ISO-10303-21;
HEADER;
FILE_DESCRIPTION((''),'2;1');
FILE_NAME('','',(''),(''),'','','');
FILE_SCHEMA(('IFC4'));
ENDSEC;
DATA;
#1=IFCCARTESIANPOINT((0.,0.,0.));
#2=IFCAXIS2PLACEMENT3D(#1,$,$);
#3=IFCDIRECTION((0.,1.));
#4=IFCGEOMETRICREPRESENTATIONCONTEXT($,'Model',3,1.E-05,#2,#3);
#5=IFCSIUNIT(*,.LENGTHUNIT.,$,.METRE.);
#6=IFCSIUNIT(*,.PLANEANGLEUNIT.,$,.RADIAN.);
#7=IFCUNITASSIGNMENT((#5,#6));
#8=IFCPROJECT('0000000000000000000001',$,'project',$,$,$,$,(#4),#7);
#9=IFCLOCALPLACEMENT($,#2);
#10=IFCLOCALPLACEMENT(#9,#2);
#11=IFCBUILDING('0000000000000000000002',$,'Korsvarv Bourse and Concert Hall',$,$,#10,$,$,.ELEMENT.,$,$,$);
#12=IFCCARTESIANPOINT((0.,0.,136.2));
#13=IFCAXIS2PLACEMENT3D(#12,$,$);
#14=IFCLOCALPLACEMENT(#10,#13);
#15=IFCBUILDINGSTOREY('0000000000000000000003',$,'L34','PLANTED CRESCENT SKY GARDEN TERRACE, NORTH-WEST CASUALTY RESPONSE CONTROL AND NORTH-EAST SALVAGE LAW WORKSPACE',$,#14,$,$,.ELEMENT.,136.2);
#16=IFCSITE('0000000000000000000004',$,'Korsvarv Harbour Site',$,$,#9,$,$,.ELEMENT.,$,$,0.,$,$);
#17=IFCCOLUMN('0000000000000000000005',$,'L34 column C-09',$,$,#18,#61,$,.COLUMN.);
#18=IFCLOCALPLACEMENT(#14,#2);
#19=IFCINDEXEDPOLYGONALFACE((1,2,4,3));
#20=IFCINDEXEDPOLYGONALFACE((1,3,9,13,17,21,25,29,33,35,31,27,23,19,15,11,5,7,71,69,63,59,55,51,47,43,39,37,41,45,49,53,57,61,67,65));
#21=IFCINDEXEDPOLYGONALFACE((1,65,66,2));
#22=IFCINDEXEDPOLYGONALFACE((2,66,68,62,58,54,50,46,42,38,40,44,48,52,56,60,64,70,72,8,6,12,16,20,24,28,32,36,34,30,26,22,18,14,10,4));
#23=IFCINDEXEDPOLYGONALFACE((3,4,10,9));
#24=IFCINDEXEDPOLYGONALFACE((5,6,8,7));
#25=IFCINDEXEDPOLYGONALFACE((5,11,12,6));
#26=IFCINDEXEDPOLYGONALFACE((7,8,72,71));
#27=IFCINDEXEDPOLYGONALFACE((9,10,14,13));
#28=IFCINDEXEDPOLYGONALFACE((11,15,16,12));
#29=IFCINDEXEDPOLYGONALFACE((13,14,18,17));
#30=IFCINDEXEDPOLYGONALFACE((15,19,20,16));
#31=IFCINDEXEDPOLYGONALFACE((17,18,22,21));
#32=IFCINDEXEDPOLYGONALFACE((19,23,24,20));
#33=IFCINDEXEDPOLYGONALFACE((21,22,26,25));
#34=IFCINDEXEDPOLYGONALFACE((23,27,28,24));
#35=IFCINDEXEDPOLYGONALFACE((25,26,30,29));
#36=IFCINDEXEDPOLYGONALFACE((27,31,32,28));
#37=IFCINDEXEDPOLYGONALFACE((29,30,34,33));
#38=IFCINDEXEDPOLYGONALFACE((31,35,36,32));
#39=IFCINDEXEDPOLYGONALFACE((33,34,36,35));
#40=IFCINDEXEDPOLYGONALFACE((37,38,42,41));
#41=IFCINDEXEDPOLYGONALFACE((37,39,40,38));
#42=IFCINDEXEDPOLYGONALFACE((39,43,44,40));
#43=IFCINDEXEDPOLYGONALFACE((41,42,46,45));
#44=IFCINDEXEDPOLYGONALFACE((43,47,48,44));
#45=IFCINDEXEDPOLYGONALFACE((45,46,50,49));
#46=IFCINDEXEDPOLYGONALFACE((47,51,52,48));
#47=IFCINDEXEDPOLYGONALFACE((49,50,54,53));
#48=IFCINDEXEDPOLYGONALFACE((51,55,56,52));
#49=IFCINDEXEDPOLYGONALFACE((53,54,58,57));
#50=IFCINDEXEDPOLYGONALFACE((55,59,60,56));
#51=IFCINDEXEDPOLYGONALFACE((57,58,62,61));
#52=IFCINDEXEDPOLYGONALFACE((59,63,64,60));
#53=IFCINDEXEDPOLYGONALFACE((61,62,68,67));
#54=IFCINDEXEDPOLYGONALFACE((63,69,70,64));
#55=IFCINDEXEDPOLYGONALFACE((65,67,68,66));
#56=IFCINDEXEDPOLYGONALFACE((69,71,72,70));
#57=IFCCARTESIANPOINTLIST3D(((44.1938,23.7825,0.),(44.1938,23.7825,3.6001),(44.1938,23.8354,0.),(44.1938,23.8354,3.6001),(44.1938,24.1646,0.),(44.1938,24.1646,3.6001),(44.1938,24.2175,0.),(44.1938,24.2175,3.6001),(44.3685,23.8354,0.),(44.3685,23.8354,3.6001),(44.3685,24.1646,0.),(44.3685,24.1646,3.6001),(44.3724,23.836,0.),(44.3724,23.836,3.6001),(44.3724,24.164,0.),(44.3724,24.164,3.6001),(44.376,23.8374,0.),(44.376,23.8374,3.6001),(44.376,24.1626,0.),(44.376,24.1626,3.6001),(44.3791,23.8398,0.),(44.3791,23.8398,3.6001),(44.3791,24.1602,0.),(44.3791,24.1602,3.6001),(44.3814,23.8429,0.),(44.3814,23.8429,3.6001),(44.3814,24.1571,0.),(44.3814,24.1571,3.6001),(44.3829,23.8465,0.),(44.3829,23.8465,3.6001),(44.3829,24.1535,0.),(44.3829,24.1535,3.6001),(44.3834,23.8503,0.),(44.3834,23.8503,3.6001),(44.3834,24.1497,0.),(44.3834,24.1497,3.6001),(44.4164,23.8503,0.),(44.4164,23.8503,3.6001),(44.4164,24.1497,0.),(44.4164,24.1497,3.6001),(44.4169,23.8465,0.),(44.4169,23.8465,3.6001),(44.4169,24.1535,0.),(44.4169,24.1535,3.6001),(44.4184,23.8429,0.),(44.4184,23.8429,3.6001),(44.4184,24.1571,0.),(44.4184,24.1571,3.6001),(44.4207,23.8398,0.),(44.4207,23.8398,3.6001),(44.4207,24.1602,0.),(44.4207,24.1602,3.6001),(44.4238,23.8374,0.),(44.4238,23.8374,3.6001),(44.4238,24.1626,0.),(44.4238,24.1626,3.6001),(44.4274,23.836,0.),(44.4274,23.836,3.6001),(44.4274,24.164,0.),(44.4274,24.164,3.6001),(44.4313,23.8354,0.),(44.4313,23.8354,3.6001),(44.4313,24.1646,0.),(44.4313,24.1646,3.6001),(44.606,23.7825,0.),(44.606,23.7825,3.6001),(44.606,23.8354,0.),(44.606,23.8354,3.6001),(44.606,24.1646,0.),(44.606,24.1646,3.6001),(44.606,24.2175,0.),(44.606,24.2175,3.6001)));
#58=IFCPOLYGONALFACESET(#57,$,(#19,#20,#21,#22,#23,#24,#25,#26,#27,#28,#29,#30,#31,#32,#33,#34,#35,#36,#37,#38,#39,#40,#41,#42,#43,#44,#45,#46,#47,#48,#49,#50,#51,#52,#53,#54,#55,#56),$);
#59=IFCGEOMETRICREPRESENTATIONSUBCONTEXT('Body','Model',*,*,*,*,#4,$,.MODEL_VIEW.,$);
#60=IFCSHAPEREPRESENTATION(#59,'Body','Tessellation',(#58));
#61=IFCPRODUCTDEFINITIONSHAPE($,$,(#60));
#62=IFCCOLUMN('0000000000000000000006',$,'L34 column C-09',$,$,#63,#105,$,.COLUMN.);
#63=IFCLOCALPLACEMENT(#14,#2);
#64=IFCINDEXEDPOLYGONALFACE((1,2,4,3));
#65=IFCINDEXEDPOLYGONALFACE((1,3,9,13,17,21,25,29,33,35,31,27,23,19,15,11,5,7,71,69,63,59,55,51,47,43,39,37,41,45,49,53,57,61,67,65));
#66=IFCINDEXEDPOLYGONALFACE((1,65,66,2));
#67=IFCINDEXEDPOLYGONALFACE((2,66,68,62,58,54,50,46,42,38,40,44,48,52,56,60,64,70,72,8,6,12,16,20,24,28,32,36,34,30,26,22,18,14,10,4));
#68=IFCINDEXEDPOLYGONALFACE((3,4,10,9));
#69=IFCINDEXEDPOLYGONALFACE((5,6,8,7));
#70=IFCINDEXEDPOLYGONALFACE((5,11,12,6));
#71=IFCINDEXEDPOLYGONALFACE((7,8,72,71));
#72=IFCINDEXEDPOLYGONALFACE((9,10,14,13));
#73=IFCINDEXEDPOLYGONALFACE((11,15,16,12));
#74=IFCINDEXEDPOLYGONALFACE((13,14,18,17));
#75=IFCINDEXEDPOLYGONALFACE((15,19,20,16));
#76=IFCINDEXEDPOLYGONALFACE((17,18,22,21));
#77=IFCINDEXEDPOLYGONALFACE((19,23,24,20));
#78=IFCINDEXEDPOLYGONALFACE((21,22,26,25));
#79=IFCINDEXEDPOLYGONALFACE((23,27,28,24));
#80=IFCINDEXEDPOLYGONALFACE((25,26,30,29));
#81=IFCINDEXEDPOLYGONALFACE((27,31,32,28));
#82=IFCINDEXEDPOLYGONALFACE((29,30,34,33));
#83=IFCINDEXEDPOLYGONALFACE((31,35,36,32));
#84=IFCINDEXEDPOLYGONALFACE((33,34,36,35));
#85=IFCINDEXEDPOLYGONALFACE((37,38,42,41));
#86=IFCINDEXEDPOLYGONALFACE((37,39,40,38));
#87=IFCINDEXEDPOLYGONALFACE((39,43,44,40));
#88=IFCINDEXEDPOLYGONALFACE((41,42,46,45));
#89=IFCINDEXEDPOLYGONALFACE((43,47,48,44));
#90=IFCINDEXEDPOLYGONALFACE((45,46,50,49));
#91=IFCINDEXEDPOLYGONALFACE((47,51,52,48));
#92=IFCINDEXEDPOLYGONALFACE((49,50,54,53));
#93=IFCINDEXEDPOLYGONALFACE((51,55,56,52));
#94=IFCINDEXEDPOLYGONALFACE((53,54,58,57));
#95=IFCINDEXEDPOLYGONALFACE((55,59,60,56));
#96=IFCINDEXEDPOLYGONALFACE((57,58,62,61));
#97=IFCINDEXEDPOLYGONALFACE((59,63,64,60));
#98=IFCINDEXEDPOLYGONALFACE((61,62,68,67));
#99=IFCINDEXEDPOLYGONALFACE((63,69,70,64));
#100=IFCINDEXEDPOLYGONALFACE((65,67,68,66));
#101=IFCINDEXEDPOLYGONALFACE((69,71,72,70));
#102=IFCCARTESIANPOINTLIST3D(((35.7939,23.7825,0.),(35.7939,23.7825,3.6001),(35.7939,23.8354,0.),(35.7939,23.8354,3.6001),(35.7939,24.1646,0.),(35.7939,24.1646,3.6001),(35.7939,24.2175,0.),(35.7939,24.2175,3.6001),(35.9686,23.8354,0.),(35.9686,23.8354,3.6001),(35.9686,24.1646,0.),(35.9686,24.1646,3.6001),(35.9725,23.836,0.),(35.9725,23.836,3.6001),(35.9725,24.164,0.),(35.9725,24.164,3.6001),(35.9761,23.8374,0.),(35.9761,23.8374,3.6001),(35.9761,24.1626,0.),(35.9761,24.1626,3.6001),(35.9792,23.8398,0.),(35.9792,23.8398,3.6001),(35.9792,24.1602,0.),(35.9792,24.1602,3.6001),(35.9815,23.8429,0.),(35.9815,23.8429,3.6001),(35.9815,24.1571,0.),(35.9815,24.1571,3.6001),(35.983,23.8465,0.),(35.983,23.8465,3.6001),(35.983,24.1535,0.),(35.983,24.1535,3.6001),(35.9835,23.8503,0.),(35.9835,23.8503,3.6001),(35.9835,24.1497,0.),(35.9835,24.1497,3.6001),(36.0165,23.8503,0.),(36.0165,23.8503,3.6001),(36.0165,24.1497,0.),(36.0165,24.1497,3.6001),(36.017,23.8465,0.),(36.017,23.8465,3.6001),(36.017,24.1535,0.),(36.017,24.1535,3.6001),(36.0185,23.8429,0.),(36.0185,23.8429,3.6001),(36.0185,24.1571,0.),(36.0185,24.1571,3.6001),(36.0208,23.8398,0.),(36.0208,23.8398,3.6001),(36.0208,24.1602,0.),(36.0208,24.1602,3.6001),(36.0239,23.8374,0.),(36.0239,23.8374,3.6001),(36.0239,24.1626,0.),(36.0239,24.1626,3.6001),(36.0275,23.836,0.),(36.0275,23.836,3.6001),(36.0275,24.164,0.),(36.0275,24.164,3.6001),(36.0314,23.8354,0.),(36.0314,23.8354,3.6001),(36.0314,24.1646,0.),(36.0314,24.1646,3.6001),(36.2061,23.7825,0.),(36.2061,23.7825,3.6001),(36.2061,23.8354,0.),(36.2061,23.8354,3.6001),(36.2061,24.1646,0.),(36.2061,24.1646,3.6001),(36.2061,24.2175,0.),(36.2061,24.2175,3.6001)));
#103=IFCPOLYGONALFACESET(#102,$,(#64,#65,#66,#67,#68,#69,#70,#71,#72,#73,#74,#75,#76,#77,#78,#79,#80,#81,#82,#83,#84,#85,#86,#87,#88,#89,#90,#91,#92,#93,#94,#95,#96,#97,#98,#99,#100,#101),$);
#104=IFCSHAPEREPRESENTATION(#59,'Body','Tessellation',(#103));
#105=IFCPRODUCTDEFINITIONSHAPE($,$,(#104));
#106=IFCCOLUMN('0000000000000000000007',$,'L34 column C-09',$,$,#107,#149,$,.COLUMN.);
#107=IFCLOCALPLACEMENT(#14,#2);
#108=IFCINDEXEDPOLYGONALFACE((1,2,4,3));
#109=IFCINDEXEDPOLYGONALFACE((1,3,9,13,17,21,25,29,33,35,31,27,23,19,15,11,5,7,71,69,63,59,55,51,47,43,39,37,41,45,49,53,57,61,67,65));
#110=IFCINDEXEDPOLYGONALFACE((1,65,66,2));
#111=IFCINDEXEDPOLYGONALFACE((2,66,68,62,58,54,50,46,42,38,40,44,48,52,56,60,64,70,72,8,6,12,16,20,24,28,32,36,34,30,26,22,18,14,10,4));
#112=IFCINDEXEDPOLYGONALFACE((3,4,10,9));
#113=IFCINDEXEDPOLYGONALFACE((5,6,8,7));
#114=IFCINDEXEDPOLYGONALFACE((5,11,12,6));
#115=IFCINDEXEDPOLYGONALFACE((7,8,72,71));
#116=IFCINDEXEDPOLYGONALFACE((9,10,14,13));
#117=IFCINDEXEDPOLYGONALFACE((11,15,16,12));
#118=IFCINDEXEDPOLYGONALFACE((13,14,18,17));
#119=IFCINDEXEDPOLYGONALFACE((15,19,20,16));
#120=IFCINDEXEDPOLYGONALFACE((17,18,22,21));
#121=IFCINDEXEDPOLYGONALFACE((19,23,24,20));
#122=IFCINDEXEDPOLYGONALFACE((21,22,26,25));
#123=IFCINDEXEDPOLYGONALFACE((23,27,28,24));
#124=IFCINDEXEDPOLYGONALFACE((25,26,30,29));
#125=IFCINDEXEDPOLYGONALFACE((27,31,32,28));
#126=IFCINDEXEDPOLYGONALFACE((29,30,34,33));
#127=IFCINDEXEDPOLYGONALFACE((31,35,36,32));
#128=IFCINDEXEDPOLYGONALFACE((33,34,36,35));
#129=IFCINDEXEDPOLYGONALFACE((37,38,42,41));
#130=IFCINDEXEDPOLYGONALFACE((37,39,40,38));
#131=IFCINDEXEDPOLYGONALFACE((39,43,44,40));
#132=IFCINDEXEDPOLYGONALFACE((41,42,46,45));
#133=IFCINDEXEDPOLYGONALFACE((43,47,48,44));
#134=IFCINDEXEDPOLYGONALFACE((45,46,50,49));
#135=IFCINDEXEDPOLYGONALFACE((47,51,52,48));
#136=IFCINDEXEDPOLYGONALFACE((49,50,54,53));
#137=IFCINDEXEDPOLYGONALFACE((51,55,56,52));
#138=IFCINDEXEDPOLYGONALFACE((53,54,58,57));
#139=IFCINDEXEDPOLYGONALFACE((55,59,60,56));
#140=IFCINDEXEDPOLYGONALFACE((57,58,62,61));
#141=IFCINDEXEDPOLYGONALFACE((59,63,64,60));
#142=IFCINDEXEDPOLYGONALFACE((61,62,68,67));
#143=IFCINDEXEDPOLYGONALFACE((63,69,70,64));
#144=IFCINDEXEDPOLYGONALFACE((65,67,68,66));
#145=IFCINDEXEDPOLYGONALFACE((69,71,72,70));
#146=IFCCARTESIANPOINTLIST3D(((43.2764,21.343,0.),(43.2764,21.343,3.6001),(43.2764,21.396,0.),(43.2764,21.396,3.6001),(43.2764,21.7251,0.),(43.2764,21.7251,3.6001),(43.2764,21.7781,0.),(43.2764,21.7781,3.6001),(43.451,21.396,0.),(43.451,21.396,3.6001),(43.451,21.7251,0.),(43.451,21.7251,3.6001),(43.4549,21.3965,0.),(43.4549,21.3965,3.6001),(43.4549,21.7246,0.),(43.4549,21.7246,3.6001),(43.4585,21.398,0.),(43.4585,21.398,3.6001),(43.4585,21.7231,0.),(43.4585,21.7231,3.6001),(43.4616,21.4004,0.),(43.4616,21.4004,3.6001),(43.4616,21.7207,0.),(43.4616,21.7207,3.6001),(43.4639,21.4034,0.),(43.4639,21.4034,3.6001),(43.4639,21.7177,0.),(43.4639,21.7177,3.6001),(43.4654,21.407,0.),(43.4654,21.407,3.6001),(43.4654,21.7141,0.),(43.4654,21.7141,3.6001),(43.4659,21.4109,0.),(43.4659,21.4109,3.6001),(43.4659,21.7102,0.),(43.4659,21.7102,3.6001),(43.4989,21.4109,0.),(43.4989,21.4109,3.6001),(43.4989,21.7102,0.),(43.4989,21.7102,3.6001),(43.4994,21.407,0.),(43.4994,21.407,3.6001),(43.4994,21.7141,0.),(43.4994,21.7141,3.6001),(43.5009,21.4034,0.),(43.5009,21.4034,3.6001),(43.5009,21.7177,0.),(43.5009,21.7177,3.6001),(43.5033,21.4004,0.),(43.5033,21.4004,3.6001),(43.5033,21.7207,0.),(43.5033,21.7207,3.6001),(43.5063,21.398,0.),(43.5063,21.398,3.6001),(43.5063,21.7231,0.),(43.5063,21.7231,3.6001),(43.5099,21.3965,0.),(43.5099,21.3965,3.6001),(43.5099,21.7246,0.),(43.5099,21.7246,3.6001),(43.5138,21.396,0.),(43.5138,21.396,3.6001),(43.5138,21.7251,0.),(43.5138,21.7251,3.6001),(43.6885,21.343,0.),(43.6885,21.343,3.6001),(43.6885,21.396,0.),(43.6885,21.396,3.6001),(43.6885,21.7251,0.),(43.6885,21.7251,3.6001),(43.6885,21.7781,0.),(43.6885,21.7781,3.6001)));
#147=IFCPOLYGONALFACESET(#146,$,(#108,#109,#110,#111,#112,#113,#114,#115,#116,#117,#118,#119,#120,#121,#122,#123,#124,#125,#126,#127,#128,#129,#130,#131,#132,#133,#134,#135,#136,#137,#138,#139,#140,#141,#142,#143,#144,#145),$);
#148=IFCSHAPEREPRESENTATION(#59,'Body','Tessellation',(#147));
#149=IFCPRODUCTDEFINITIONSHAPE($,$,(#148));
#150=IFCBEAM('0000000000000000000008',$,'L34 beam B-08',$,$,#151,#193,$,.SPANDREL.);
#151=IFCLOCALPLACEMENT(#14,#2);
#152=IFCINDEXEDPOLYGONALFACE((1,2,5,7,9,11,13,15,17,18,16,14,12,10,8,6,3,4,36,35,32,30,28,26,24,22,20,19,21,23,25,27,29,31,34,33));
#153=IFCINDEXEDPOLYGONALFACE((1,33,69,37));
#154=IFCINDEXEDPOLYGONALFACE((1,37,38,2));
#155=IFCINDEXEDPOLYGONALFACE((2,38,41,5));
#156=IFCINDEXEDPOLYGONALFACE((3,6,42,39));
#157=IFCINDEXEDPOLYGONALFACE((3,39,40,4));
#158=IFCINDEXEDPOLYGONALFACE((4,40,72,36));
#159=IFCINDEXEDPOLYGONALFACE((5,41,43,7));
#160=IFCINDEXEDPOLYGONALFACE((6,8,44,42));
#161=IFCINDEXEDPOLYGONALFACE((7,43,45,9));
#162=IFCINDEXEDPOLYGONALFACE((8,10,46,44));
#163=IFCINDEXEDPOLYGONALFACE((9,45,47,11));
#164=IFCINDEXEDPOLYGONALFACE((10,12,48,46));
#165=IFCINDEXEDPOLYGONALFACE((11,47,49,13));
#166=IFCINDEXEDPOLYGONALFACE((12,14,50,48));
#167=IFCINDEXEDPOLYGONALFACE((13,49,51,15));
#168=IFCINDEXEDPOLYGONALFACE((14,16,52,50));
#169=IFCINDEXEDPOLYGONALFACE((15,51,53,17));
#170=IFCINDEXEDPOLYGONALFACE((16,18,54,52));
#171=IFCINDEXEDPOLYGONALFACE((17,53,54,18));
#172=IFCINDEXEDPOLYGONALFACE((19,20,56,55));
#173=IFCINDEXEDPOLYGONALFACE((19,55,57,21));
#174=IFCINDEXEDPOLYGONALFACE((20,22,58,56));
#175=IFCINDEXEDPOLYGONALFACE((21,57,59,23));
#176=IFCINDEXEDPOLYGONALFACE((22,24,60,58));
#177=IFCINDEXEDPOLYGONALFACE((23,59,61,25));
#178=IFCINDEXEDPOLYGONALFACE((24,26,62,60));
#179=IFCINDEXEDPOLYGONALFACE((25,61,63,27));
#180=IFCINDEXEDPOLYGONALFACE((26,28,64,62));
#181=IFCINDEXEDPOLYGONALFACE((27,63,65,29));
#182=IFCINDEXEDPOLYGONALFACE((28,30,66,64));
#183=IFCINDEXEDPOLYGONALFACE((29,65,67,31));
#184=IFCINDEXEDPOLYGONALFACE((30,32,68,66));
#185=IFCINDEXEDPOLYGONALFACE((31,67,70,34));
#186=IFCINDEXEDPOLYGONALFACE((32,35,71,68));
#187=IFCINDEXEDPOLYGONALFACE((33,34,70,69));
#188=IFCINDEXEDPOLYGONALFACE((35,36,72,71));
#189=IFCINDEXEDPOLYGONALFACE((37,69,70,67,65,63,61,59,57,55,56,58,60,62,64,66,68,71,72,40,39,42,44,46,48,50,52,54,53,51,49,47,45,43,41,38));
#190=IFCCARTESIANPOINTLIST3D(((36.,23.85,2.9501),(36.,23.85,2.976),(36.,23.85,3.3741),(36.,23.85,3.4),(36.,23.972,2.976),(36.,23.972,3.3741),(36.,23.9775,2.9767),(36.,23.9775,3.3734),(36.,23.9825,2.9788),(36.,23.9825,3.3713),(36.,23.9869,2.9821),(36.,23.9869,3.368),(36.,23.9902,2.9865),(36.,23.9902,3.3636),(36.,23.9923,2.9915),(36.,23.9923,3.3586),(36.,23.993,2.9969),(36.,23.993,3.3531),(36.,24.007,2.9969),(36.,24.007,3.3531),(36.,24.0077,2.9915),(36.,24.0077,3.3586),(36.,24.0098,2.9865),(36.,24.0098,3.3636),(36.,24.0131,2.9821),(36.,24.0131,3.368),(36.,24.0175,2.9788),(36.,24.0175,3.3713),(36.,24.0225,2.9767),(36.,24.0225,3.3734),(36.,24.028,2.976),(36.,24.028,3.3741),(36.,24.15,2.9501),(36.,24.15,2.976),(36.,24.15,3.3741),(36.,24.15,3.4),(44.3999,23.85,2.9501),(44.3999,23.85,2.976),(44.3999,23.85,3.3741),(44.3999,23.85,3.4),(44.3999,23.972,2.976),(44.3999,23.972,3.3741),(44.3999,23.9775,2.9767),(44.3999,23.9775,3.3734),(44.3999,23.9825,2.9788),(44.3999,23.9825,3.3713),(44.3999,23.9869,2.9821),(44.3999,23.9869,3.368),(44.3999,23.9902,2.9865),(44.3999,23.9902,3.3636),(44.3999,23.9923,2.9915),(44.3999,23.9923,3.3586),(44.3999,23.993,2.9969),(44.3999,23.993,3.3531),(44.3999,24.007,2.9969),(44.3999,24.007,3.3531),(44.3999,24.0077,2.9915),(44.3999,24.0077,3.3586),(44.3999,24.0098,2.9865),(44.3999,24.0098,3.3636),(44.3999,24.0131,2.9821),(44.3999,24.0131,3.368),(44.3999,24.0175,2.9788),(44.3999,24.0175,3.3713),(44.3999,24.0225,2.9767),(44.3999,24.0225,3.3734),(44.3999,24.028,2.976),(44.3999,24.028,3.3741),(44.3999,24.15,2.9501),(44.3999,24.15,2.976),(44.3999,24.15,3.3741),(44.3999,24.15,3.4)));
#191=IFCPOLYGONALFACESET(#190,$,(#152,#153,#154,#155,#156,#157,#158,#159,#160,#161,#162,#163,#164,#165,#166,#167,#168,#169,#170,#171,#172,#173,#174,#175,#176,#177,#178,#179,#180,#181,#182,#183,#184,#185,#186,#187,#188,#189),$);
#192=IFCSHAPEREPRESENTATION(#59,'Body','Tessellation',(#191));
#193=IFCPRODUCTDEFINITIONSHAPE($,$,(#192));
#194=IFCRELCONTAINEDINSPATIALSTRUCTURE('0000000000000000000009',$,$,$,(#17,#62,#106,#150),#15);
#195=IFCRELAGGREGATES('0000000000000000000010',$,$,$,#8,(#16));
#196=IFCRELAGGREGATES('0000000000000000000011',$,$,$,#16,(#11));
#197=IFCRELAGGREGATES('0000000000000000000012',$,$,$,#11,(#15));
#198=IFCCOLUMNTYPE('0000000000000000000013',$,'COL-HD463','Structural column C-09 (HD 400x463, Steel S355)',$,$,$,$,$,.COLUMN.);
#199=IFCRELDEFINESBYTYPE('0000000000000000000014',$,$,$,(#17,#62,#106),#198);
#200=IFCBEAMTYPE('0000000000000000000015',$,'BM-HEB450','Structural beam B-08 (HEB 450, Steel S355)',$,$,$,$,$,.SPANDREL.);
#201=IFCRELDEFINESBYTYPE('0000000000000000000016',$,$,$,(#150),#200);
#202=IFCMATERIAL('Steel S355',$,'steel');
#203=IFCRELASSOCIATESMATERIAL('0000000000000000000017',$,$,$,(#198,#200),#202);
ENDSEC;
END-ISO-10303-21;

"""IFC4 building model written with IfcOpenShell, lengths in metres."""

from ifc_helpers import new_model, si_unit, direction, frame, origin, origin_2d, place, context, subcontext, project, spatial, i_section, extrude, source, transform, mapped, material, material_profile, profile_set, type_object, element, save


model = new_model("IFC4")

# Units and contexts
model_context = context("Model", 3, precision=1e-05, world=origin(), true_north=direction((0.0, 1.0)))
body_context = subcontext(model_context, "Body", "Model", "MODEL_VIEW")
ifc_project = project(units=[si_unit("LENGTHUNIT", "METRE"), si_unit("PLANEANGLEUNIT", "RADIAN")], contexts=[model_context])

# Site, building, storey
site_placement = place(None, origin())
site = spatial("IfcSite", under=ifc_project, at=site_placement, Name="Korsvarv Harbour Site", CompositionType="ELEMENT", RefElevation=0.0)
building_placement = place(site_placement, origin())
building = spatial("IfcBuilding", under=site, at=building_placement, Name="Korsvarv Bourse and Concert Hall", CompositionType="ELEMENT")
storey_placement = place(building_placement, frame((0.0, 0.0, 136.2)))
storey = spatial("IfcBuildingStorey", under=building, at=storey_placement, Name="L34", Description="PLANTED CRESCENT SKY GARDEN TERRACE, NORTH-WEST CASUALTY RESPONSE CONTROL AND NORTH-EAST SALVAGE LAW WORKSPACE", CompositionType="ELEMENT", Elevation=136.2)

# Columns
ifc_material_1 = material(Name="Steel S355", Category="steel")
ifc_material_profile_1 = material_profile(ifc_material_1, i_section(OverallWidth=0.4121, OverallDepth=0.4351, WebThickness=0.033, FlangeThickness=0.053, FilletRadius=0.0149, at=origin_2d()), Name="HD 400x463")
ifc_profile_set_1 = profile_set([ifc_material_profile_1], Name="Steel S355")
column_type = type_object("IfcColumnType", Name="COL-HD463", Description="Structural column C-09 (HD 400x463, Steel S355)", PredefinedType="COLUMN", material=ifc_profile_set_1)
shared_shape_1 = source(origin(), body_context, "Body", "SweptSolid", [
    extrude(i_section(OverallWidth=0.4121, OverallDepth=0.4351, WebThickness=0.033, FlangeThickness=0.053, FilletRadius=0.0149, at=origin_2d()), origin(), (0.0, 0.0, 1.0), 3.6001),
])
for number, where, z_axis, x_axis, name in (
    (1, (44.3999, 24.0, 0.0), (0.0, 0.0, 1.0), (1.0, 0.0, 0.0), "L34 column C-09"),
    (2, (36.0, 24.0, 0.0), (0.0, 0.0, 1.0), (1.0, 0.0, 0.0), "L34 column C-09"),
    (3, (43.4824, 21.5605, 0.0), (0.0, 0.0, 1.0), (1.0, 0.0, 0.0), "L34 column C-09"),
):
    element("IfcColumn", number, at=place(storey_placement, frame(where, z_axis=z_axis, x_axis=x_axis)), inside=storey, type_object=column_type, Name=name, PredefinedType="COLUMN", context=body_context, shape_type="MappedRepresentation", body=[
        mapped(shared_shape_1, transform((0.0, 0.0, 0.0), scale=1.0)),
    ])

# Beam
ifc_material_profile_2 = material_profile(ifc_material_1, i_section(OverallWidth=0.3, OverallDepth=0.45, WebThickness=0.0139, FlangeThickness=0.0259, FilletRadius=0.021, at=origin_2d()), Name="HEB 450")
ifc_profile_set_2 = profile_set([ifc_material_profile_2], Name="Steel S355")
beam_type_1 = type_object("IfcBeamType", Name="BM-HEB450", Description="Structural beam B-08 (HEB 450, Steel S355)", PredefinedType="SPANDREL", material=ifc_profile_set_2)
shared_shape_2 = source(origin(), body_context, "Body", "SweptSolid", [
    extrude(i_section(OverallWidth=0.3, OverallDepth=0.45, WebThickness=0.0139, FlangeThickness=0.0259, FilletRadius=0.021, at=origin_2d()), origin(), (0.0, 0.0, 1.0), 8.3999),
])
for number, where, z_axis, x_axis, name in (
    (4, (36.0, 24.0, 3.175), (1.0, 0.0, 0.0), (0.0, 1.0, 0.0), "L34 beam B-08"),
):
    element("IfcBeam", number, at=place(storey_placement, frame(where, z_axis=z_axis, x_axis=x_axis)), inside=storey, type_object=beam_type_1, Name=name, PredefinedType="SPANDREL", context=body_context, shape_type="MappedRepresentation", body=[
        mapped(shared_shape_2, transform((0.0, 0.0, 0.0), scale=1.0)),
    ])

save(model, "model.ifc")
